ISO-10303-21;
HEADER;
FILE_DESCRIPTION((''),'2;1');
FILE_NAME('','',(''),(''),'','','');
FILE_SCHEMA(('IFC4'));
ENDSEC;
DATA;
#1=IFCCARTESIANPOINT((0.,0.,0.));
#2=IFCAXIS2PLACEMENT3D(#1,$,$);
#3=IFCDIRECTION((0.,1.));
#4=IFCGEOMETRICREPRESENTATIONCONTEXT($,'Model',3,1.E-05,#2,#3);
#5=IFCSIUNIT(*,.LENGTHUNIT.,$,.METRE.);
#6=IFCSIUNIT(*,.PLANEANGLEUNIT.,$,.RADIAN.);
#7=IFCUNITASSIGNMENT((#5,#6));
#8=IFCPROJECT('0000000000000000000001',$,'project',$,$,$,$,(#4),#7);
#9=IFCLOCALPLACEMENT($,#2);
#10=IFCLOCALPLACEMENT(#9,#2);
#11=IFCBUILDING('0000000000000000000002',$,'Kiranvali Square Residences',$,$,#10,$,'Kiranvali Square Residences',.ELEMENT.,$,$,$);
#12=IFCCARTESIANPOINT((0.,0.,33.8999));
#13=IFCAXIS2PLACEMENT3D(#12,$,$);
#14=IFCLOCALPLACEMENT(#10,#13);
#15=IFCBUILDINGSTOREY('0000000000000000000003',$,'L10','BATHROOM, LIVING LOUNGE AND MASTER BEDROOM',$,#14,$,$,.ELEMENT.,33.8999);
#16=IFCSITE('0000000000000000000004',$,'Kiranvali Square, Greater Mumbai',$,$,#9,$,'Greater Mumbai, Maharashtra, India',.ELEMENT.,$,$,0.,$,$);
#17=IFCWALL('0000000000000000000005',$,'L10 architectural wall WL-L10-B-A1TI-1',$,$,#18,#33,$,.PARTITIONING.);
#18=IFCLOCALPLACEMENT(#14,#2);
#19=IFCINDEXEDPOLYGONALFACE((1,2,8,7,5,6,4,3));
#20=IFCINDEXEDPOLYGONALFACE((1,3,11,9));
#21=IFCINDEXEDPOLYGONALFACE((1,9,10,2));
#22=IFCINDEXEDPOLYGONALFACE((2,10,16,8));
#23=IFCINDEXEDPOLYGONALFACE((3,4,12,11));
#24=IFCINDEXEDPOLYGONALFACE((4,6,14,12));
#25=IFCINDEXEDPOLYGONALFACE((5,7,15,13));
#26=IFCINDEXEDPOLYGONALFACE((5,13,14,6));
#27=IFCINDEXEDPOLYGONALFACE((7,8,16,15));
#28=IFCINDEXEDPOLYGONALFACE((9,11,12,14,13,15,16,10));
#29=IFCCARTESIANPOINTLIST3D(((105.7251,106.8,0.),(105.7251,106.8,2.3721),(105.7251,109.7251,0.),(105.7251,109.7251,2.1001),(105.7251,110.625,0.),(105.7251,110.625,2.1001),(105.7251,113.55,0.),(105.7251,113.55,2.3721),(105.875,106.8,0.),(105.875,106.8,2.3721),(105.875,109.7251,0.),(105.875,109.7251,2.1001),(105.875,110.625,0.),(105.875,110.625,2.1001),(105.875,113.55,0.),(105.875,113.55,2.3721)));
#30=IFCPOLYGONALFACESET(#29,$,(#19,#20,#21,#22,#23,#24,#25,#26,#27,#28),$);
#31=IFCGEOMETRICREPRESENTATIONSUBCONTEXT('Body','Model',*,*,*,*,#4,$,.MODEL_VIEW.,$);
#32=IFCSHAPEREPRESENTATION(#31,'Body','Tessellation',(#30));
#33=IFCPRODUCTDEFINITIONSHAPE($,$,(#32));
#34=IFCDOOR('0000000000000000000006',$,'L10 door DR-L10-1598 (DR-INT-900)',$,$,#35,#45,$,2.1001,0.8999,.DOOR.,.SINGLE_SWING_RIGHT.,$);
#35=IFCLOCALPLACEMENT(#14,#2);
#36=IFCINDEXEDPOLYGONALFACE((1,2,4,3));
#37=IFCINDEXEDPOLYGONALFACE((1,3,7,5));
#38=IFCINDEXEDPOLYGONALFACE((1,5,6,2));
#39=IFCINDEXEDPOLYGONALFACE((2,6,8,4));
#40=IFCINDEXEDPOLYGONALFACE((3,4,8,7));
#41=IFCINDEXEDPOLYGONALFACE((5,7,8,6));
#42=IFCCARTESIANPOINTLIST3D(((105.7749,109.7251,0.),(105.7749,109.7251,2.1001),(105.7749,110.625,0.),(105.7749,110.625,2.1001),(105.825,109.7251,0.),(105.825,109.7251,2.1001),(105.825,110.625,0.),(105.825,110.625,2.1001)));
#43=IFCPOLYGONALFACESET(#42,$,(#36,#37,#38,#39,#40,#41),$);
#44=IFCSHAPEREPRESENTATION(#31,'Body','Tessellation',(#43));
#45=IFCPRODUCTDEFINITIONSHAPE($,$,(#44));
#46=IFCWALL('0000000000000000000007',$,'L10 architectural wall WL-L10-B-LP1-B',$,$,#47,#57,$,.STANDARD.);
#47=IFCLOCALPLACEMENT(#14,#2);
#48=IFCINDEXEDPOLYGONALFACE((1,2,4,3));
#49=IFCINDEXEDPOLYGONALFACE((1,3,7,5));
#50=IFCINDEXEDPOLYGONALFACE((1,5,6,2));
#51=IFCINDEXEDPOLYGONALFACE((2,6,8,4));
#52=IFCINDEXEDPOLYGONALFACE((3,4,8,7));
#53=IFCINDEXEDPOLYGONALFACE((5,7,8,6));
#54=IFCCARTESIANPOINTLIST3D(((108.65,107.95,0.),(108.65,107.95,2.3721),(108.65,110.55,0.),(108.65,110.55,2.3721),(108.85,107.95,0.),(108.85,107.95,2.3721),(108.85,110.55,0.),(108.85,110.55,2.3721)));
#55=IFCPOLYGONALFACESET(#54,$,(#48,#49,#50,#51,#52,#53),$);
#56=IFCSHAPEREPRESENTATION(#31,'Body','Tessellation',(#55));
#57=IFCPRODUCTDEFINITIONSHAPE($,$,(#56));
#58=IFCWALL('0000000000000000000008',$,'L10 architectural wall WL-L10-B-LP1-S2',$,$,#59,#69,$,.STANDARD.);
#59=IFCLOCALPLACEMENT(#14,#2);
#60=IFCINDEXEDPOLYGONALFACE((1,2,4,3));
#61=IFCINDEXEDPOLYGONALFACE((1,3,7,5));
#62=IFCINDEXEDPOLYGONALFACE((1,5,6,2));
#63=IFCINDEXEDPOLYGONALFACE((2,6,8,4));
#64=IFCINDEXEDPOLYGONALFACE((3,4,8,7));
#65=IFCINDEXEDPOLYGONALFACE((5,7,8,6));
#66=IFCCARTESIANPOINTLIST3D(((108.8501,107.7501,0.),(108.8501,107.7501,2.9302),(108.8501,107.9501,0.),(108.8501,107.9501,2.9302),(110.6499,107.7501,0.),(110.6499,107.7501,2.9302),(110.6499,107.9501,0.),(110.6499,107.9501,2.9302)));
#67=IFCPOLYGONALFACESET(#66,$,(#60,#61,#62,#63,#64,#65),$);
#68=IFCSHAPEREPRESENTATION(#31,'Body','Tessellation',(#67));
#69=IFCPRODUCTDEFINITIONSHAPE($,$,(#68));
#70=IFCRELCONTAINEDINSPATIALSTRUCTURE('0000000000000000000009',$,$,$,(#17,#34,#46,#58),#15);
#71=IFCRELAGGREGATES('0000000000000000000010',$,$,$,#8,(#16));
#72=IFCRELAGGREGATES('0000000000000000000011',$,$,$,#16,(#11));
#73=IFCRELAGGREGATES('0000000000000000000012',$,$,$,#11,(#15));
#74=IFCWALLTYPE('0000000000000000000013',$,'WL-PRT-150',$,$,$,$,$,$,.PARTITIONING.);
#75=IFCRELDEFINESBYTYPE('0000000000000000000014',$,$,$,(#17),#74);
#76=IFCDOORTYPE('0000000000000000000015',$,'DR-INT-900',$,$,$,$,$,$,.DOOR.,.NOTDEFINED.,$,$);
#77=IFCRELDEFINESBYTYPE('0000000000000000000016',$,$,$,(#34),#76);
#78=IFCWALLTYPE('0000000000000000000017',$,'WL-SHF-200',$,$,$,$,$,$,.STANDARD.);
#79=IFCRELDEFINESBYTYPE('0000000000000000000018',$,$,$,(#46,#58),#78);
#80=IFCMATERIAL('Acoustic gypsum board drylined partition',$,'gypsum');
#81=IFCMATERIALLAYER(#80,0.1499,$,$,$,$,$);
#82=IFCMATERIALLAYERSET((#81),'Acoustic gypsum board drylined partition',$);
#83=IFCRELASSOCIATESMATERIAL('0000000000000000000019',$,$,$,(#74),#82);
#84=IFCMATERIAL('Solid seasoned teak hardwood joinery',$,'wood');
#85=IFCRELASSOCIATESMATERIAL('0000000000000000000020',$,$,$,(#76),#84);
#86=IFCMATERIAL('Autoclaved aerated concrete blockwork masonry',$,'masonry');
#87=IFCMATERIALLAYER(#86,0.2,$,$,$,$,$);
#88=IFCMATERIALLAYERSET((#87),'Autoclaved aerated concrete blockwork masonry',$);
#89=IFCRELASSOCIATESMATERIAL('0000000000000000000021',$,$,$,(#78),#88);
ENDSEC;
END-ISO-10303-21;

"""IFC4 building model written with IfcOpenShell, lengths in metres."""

from ifc_helpers import new_model, si_unit, direction, frame, frame_2d, origin, place, context, subcontext, project, spatial, rectangle, extrude, material, layer, layer_set, type_object, element, fill, save


model = new_model("IFC4")

# Units and contexts
model_context = context("Model", 3, precision=1e-05, world=origin(), true_north=direction((0.0, 1.0)))
body_context = subcontext(model_context, "Body", "Model", "MODEL_VIEW")
ifc_project = project(units=[si_unit("LENGTHUNIT", "METRE"), si_unit("PLANEANGLEUNIT", "RADIAN")], contexts=[model_context])

# Site, building, storey
site_placement = place(None, origin())
site = spatial("IfcSite", under=ifc_project, at=site_placement, Name="Kiranvali Square, Greater Mumbai", LongName="Greater Mumbai, Maharashtra, India", CompositionType="ELEMENT", RefElevation=0.0)
building_placement = place(site_placement, origin())
building = spatial("IfcBuilding", under=site, at=building_placement, Name="Kiranvali Square Residences", LongName="Kiranvali Square Residences", CompositionType="ELEMENT")
storey_placement = place(building_placement, frame((0.0, 0.0, 33.8999)))
storey = spatial("IfcBuildingStorey", under=building, at=storey_placement, Name="L10", Description="BATHROOM, LIVING LOUNGE AND MASTER BEDROOM", CompositionType="ELEMENT", Elevation=33.8999)

# Shared definitions
ifc_material_1 = material(Name="Autoclaved aerated concrete blockwork masonry", Category="masonry")

# Wall, opening, door
ifc_material_2 = material(Name="Acoustic gypsum board drylined partition", Category="gypsum")
ifc_layer_1 = layer(ifc_material_2, 0.1499)
ifc_layer_set_1 = layer_set([ifc_layer_1], Name="Acoustic gypsum board drylined partition")
wall_type_1 = type_object("IfcWallType", Name="WL-PRT-150", PredefinedType="PARTITIONING", material=ifc_layer_set_1)
wall_1_placement = place(storey_placement, frame((105.8, 106.8, 0.0), z_axis=(0.0, 0.0, 1.0), x_axis=(0.0, 1.0, 0.0)))
wall_1 = element("IfcWall", 1, at=wall_1_placement, inside=storey, type_object=wall_type_1, Name="L10 architectural wall WL-L10-B-A1TI-1", PredefinedType="PARTITIONING", context=body_context, shape_type="SweptSolid", body=[
    extrude(rectangle(XDim=6.75, YDim=0.1499, at=frame_2d((3.375, 0.0))), origin(), (0.0, 0.0, 1.0), 2.3721),
])
opening_1_placement = place(wall_1_placement, frame((2.925, 0.0, 0.0)))
opening_1 = element("IfcOpeningElement", 2, at=opening_1_placement, cuts=wall_1, PredefinedType="OPENING", context=body_context, shape_type="SweptSolid", body=[
    extrude(rectangle(XDim=0.8999, YDim=2.1001, at=frame_2d((0.45, 1.05))), frame((0.0, 0.085, 0.0), z_axis=(0.0, -1.0, 0.0), x_axis=(1.0, 0.0, 0.0)), (0.0, 0.0, 1.0), 0.1699),
])
ifc_material_3 = material(Name="Solid seasoned teak hardwood joinery", Category="wood")
door_type = type_object("IfcDoorType", Name="DR-INT-900", OperationType="NOTDEFINED", PredefinedType="DOOR", material=ifc_material_3)
door_placement = place(opening_1_placement, frame((0.8999, 0.0, 0.0), z_axis=(0.0, 0.0, 1.0), x_axis=(-1.0, 0.0, 0.0)))
door = element("IfcDoor", 3, at=door_placement, inside=storey, type_object=door_type, Name="L10 door DR-L10-1598 (DR-INT-900)", OperationType="SINGLE_SWING_RIGHT", OverallHeight=2.1001, OverallWidth=0.8999, PredefinedType="DOOR", context=body_context, shape_type="SweptSolid", body=[
    extrude(rectangle(XDim=0.8999, YDim=2.1001, at=frame_2d((0.45, 1.05))), frame((0.0, 0.0249, 0.0), z_axis=(0.0, -1.0, 0.0), x_axis=(1.0, 0.0, 0.0)), (0.0, 0.0, 1.0), 0.05),
])
fill(opening_1, door)

# Walls
ifc_layer_2 = layer(ifc_material_1, 0.2)
ifc_layer_set_2 = layer_set([ifc_layer_2], Name="Autoclaved aerated concrete blockwork masonry")
wall_type_2 = type_object("IfcWallType", Name="WL-SHF-200", PredefinedType="STANDARD", material=ifc_layer_set_2)
wall_2_placement = place(storey_placement, frame((108.75, 107.95, 0.0), z_axis=(0.0, 0.0, 1.0), x_axis=(0.0, 1.0, 0.0)))
element("IfcWall", 4, at=wall_2_placement, inside=storey, type_object=wall_type_2, Name="L10 architectural wall WL-L10-B-LP1-B", PredefinedType="STANDARD", context=body_context, shape_type="SweptSolid", body=[
    extrude(rectangle(XDim=2.6001, YDim=0.2, at=frame_2d((1.3, 0.0))), origin(), (0.0, 0.0, 1.0), 2.3721),
])
wall_3_placement = place(storey_placement, frame((110.6499, 107.8501, 0.0), z_axis=(0.0, 0.0, 1.0), x_axis=(-1.0, 0.0, 0.0)))
element("IfcWall", 5, at=wall_3_placement, inside=storey, type_object=wall_type_2, Name="L10 architectural wall WL-L10-B-LP1-S2", PredefinedType="STANDARD", context=body_context, shape_type="SweptSolid", body=[
    extrude(rectangle(XDim=1.7998, YDim=0.2, at=frame_2d((0.8999, 0.0))), origin(), (0.0, 0.0, 1.0), 2.9302),
])

save(model, "model.ifc")
